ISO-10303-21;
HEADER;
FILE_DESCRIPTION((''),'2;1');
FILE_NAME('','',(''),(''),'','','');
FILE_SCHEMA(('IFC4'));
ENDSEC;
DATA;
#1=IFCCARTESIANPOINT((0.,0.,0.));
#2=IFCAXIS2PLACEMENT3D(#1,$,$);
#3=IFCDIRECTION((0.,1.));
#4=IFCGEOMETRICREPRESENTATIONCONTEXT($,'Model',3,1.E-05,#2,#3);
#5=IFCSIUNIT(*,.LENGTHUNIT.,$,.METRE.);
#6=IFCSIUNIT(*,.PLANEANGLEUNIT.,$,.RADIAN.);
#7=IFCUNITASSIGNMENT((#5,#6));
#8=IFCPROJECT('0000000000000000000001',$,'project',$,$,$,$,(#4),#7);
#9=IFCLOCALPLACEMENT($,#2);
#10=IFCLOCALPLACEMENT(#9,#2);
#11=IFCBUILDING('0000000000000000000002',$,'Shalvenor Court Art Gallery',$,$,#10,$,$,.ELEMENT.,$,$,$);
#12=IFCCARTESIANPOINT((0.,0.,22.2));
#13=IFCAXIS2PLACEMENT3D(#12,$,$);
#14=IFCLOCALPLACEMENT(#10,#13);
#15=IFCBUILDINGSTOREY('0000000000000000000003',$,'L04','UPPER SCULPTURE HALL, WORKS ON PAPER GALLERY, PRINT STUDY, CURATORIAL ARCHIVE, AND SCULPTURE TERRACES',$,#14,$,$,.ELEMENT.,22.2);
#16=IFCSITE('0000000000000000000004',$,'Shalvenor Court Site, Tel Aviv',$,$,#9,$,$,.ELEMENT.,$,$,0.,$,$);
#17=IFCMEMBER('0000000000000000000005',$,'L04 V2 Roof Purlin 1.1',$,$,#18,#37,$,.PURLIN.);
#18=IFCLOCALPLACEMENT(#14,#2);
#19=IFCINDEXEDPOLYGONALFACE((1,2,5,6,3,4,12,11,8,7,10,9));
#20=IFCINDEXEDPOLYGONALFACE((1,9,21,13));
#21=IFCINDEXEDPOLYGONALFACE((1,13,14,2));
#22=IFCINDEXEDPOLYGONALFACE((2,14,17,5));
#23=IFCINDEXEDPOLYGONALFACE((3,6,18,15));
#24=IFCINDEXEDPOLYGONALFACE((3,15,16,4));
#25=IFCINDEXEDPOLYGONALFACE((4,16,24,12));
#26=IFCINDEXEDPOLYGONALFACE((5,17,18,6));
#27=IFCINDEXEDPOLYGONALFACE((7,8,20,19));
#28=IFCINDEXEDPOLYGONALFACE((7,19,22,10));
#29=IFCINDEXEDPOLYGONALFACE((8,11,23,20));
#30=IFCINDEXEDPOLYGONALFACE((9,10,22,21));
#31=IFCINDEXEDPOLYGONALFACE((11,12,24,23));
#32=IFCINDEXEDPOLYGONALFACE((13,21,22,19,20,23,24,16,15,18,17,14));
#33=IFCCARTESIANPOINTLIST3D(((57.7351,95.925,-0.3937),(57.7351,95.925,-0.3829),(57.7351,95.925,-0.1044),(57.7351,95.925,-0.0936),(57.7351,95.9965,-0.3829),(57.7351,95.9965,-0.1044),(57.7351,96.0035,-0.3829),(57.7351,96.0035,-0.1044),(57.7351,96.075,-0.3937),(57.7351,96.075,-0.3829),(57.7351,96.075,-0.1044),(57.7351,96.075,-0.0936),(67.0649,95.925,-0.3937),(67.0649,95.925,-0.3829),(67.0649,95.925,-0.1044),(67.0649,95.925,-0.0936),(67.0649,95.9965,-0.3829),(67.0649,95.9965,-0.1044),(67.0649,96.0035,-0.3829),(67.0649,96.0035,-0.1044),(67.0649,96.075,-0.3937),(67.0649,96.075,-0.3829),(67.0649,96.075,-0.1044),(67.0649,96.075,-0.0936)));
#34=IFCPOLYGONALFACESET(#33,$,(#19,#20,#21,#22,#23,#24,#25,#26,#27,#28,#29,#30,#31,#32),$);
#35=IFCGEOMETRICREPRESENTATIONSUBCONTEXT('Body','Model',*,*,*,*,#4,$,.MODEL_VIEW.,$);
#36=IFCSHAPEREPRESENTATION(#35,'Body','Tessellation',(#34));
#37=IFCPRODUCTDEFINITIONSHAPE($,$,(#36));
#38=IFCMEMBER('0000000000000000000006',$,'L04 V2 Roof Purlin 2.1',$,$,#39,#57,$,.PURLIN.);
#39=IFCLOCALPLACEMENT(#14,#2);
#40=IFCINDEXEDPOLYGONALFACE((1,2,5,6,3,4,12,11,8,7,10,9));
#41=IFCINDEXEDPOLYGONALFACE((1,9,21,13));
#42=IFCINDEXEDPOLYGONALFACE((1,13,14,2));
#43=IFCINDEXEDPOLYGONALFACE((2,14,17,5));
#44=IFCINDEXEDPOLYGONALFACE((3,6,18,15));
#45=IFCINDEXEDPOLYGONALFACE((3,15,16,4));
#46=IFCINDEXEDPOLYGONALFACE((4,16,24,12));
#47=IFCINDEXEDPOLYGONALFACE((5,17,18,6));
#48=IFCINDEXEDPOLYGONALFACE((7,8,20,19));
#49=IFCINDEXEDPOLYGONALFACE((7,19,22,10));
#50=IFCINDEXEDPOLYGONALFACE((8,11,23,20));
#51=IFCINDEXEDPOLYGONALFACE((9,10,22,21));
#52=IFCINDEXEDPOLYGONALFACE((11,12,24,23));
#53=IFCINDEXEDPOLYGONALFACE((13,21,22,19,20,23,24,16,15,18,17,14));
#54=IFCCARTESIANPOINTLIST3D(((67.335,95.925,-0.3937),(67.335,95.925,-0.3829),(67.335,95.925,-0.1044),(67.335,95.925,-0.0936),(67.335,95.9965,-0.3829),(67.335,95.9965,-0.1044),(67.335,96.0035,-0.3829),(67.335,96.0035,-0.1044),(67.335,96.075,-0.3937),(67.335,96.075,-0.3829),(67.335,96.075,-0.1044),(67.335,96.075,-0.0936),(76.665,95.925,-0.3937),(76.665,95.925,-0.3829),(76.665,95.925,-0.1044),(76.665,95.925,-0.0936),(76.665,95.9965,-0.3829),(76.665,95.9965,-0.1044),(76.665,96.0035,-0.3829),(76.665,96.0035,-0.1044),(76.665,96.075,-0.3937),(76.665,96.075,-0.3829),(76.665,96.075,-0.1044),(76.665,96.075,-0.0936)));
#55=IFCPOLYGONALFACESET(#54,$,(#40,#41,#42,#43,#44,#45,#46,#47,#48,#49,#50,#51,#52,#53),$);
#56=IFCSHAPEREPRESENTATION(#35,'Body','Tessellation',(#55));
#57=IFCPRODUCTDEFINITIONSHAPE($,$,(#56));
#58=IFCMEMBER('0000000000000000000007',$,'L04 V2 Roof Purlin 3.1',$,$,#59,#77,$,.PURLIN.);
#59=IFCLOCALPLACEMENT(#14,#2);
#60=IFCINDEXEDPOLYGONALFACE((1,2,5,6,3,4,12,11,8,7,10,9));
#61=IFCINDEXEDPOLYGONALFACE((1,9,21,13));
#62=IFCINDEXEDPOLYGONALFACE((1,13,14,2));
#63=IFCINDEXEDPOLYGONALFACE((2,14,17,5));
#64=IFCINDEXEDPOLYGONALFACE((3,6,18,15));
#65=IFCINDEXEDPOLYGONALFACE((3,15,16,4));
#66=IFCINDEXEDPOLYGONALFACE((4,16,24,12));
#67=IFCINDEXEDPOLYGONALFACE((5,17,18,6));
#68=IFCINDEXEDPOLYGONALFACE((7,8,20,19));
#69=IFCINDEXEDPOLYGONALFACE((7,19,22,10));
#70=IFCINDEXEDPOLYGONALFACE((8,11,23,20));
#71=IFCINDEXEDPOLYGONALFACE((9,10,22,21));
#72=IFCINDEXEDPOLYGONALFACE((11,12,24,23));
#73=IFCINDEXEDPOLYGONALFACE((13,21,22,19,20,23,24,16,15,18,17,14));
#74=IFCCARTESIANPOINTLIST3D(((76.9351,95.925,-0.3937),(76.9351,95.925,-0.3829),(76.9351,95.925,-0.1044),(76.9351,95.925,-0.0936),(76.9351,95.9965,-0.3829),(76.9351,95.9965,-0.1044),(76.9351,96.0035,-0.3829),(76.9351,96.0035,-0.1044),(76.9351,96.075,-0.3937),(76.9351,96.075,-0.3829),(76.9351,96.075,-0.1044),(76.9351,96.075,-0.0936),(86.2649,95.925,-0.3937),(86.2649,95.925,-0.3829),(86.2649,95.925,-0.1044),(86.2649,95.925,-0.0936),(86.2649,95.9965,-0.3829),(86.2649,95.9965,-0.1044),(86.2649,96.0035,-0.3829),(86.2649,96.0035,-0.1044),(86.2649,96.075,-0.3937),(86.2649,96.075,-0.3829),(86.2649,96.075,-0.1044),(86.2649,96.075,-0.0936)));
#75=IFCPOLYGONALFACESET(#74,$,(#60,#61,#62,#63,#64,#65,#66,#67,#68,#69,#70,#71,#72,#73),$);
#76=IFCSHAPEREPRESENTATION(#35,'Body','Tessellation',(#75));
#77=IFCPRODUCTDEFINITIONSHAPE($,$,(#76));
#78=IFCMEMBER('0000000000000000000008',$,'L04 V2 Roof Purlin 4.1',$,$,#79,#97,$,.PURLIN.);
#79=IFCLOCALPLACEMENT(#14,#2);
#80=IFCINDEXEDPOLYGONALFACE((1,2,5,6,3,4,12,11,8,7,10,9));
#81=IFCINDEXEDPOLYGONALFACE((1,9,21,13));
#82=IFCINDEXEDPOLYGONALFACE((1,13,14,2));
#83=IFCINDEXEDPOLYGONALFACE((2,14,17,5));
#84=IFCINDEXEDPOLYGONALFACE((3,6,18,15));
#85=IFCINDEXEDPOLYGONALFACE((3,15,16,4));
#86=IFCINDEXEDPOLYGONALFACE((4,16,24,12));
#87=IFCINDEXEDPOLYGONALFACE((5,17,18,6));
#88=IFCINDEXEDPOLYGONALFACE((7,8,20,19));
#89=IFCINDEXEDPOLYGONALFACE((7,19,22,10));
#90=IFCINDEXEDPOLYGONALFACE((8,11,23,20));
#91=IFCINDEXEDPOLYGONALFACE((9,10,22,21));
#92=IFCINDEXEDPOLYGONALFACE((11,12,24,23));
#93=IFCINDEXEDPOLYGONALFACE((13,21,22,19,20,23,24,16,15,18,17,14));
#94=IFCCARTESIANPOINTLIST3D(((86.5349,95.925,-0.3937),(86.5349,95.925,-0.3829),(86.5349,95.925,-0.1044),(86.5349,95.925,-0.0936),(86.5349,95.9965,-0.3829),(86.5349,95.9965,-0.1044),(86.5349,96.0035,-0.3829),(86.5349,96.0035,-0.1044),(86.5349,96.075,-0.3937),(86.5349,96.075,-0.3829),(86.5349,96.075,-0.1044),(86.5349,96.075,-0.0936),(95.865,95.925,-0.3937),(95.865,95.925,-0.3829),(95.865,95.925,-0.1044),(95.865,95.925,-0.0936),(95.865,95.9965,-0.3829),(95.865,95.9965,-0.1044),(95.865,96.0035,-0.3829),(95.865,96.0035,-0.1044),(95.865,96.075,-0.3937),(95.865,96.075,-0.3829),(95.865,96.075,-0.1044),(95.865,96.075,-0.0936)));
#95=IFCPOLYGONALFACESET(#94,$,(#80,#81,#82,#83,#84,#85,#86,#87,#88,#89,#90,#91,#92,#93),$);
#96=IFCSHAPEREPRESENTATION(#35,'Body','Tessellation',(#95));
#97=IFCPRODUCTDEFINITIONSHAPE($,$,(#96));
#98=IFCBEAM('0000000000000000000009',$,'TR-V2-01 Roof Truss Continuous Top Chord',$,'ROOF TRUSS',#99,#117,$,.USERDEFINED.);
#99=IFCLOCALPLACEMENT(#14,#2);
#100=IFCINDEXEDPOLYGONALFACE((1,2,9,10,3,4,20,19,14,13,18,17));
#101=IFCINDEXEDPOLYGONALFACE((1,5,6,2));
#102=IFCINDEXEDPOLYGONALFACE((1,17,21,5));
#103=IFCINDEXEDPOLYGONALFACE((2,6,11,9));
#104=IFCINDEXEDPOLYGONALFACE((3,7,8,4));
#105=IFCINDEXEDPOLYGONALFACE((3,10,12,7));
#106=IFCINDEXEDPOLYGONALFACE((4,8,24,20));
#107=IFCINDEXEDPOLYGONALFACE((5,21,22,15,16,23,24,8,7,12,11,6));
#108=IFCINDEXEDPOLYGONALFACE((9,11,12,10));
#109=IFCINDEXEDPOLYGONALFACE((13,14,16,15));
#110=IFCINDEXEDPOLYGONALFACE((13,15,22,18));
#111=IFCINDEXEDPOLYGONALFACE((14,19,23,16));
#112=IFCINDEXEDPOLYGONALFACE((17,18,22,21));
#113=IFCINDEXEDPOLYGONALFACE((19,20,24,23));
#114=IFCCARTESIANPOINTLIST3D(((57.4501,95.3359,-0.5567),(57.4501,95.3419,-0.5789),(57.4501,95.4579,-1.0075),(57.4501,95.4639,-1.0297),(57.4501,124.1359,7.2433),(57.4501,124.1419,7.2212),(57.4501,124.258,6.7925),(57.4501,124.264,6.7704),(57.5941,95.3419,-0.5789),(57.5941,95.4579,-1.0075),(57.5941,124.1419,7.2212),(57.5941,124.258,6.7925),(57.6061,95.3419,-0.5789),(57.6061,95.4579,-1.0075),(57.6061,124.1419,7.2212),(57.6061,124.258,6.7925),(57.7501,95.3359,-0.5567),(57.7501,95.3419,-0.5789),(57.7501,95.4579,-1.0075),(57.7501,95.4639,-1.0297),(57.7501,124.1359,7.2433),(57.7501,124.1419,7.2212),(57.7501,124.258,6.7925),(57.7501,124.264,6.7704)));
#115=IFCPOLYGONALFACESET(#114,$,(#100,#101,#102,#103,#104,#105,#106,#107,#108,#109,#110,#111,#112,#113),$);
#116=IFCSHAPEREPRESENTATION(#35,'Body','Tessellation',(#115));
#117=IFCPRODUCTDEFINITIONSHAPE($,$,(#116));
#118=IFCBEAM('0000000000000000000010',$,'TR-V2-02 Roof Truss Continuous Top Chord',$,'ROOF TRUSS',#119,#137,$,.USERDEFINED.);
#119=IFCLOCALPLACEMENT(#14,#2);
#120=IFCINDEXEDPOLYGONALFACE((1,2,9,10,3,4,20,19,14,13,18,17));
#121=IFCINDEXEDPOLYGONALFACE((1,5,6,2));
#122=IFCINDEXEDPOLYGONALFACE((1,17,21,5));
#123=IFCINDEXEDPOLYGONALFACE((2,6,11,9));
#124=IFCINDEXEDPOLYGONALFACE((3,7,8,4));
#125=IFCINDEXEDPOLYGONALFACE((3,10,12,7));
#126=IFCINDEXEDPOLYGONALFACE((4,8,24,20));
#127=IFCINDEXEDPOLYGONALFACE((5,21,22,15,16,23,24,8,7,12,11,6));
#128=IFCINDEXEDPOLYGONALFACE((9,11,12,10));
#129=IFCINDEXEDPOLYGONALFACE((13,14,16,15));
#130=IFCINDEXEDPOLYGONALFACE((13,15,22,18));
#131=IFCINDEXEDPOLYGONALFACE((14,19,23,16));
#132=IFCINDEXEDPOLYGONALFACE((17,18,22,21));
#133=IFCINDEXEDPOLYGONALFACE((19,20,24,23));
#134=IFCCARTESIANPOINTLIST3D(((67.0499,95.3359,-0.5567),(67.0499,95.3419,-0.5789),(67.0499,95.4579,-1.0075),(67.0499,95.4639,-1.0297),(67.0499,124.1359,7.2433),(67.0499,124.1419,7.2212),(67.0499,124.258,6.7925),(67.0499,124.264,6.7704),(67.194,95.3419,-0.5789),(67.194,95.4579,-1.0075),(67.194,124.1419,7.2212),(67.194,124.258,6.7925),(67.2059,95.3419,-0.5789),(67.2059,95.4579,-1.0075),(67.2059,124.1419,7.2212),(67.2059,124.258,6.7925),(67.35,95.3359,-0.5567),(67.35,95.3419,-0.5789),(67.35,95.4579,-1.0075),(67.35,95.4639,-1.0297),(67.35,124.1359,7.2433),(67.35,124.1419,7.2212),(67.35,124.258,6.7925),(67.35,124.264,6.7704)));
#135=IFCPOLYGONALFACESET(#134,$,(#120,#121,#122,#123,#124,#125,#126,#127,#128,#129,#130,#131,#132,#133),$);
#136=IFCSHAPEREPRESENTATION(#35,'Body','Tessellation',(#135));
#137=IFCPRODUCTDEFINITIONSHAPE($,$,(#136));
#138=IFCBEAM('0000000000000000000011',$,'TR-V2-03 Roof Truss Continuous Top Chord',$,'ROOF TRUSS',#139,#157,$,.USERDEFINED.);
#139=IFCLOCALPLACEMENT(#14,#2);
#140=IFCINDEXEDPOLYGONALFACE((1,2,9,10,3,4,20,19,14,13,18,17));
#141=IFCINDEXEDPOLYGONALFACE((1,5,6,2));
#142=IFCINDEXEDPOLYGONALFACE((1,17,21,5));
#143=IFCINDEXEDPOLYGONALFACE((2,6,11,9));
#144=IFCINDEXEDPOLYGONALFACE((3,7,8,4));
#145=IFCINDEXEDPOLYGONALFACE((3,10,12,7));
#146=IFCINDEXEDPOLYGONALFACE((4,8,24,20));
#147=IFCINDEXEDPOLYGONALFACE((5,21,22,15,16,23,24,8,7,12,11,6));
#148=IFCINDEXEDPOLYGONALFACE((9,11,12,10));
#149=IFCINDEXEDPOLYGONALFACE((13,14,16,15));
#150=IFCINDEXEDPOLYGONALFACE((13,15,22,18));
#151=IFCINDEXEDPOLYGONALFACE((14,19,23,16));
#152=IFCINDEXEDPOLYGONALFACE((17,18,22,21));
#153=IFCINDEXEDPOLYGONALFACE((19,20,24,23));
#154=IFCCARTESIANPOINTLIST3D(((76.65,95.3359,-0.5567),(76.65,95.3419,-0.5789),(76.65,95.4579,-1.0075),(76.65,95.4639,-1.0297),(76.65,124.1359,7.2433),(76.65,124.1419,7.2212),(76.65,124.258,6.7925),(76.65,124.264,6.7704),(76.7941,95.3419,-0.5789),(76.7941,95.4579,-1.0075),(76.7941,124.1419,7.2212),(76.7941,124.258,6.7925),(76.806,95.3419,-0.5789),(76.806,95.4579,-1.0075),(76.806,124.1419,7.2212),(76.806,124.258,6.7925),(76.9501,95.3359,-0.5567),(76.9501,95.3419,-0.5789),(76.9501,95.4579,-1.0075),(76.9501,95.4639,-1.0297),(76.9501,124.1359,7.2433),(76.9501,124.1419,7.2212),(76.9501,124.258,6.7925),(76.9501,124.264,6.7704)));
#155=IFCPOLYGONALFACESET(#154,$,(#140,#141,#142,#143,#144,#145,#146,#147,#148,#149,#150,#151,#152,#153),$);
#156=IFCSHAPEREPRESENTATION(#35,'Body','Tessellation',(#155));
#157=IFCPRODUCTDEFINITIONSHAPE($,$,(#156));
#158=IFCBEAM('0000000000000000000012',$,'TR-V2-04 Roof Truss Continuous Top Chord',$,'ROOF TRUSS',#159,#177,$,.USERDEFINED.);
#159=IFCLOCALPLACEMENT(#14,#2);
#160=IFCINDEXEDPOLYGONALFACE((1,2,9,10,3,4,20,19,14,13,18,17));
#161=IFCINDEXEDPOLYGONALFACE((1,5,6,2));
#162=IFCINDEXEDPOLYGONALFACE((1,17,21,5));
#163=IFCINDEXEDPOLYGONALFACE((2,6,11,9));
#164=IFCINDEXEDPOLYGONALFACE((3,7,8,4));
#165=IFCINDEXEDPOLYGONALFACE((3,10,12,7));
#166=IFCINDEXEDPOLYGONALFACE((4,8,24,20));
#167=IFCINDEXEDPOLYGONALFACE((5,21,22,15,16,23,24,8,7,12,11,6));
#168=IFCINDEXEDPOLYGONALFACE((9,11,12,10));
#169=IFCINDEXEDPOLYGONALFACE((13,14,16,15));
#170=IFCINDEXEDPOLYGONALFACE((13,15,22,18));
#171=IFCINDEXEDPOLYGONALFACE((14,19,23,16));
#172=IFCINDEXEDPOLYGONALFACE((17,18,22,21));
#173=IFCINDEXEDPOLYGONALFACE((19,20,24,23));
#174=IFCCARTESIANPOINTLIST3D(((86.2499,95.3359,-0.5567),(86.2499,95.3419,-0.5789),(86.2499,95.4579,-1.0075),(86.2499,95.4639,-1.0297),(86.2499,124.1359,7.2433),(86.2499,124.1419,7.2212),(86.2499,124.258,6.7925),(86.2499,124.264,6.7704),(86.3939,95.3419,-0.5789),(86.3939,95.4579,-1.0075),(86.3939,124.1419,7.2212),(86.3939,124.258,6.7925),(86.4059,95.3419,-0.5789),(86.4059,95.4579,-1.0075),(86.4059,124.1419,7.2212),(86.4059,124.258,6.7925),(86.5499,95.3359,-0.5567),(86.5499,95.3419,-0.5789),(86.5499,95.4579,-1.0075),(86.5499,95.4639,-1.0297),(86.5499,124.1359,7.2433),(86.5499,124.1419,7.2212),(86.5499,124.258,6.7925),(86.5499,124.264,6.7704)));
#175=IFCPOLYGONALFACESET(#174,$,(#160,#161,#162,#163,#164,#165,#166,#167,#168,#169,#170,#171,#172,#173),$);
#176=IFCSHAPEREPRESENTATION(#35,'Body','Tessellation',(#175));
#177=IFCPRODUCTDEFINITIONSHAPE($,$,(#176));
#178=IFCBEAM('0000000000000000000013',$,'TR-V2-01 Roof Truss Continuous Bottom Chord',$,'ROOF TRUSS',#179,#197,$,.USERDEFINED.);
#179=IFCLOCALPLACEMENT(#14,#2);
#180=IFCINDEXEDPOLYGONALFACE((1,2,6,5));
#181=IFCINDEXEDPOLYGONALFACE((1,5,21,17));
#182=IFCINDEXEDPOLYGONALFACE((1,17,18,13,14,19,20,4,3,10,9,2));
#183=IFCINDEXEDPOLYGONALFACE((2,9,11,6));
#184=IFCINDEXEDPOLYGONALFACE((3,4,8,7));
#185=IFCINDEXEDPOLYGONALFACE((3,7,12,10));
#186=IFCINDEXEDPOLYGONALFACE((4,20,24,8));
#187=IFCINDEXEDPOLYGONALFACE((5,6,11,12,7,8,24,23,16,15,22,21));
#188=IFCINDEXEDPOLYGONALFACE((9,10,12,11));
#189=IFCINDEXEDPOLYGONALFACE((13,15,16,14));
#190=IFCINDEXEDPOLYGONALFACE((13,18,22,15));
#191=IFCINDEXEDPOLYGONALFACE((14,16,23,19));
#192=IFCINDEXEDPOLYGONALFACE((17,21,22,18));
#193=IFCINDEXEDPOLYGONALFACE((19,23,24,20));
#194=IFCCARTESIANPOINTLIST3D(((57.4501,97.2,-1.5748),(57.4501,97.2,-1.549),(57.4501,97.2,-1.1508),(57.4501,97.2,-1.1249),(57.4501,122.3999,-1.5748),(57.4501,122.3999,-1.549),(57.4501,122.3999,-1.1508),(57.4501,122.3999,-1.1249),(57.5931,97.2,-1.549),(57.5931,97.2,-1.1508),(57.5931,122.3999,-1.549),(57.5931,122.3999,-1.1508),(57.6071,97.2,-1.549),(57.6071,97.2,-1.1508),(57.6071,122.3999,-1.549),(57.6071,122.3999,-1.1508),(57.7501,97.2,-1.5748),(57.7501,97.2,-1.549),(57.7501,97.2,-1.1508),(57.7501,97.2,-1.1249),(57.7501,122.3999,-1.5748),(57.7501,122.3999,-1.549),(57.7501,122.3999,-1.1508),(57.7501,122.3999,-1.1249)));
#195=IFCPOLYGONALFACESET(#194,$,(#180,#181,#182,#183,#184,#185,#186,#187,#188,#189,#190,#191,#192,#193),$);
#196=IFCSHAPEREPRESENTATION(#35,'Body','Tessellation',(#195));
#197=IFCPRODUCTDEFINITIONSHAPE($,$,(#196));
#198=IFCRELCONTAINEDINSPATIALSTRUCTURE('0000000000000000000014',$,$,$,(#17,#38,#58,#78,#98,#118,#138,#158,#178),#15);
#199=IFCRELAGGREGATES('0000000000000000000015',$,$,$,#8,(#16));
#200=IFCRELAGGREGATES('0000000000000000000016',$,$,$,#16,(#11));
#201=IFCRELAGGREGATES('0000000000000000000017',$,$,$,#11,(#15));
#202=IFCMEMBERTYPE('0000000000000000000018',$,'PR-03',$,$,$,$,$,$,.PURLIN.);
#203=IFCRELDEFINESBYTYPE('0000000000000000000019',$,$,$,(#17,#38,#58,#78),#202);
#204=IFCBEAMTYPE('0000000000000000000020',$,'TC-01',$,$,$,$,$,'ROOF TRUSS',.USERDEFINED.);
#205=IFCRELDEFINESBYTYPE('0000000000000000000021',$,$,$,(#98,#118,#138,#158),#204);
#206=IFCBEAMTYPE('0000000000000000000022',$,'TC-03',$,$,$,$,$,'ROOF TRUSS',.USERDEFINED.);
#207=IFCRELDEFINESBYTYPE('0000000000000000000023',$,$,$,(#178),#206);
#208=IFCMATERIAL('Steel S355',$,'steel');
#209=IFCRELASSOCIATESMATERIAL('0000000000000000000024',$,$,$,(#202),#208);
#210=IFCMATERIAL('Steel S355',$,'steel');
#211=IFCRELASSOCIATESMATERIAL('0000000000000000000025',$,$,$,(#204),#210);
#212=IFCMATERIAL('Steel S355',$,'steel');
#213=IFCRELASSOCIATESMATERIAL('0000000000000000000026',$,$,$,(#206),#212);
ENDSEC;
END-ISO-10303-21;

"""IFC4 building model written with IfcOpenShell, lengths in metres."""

from ifc_helpers import new_model, si_unit, direction, frame, origin, origin_2d, place, context, subcontext, project, spatial, i_section, extrude, material, material_profile, profile_set, type_object, element, save


model = new_model("IFC4")

# Units and contexts
model_context = context("Model", 3, precision=1e-05, world=origin(), true_north=direction((0.0, 1.0)))
body_context = subcontext(model_context, "Body", "Model", "MODEL_VIEW")
ifc_project = project(units=[si_unit("LENGTHUNIT", "METRE"), si_unit("PLANEANGLEUNIT", "RADIAN")], contexts=[model_context])

# Site, building, storey
site_placement = place(None, origin())
site = spatial("IfcSite", under=ifc_project, at=site_placement, Name="Shalvenor Court Site, Tel Aviv", CompositionType="ELEMENT", RefElevation=0.0)
building_placement = place(site_placement, origin())
building = spatial("IfcBuilding", under=site, at=building_placement, Name="Shalvenor Court Art Gallery", CompositionType="ELEMENT")
storey_placement = place(building_placement, frame((0.0, 0.0, 22.2)))
storey = spatial("IfcBuildingStorey", under=building, at=storey_placement, Name="L04", Description="UPPER SCULPTURE HALL, WORKS ON PAPER GALLERY, PRINT STUDY, CURATORIAL ARCHIVE, AND SCULPTURE TERRACES", CompositionType="ELEMENT", Elevation=22.2)

# Members
ifc_material_1 = material(Name="Steel S355", Category="steel")
ifc_material_profile_1 = material_profile(ifc_material_1, i_section(OverallWidth=0.1499, OverallDepth=0.3, WebThickness=0.0071, FlangeThickness=0.0107, at=origin_2d()), Name="IPE 300")
ifc_profile_set_1 = profile_set([ifc_material_profile_1], Name="Steel S355")
member_type = type_object("IfcMemberType", Name="PR-03", PredefinedType="PURLIN", material=ifc_profile_set_1)
member_1_placement = place(storey_placement, frame((57.7351, 96.0, -0.2437), z_axis=(1.0, 0.0, 0.0), x_axis=(0.0, 1.0, 0.0)))
element("IfcMember", 1, at=member_1_placement, inside=storey, type_object=member_type, Name="L04 V2 Roof Purlin 1.1", PredefinedType="PURLIN", context=body_context, shape_type="SweptSolid", body=[
    extrude(i_section(OverallWidth=0.1499, OverallDepth=0.3, WebThickness=0.0071, FlangeThickness=0.0107, at=origin_2d()), origin(), (0.0, 0.0, 1.0), 9.3298),
])
member_2_placement = place(storey_placement, frame((67.335, 96.0, -0.2437), z_axis=(1.0, 0.0, 0.0), x_axis=(0.0, 1.0, 0.0)))
element("IfcMember", 2, at=member_2_placement, inside=storey, type_object=member_type, Name="L04 V2 Roof Purlin 2.1", PredefinedType="PURLIN", context=body_context, shape_type="SweptSolid", body=[
    extrude(i_section(OverallWidth=0.1499, OverallDepth=0.3, WebThickness=0.0071, FlangeThickness=0.0107, at=origin_2d()), origin(), (0.0, 0.0, 1.0), 9.3301),
])
member_3_placement = place(storey_placement, frame((76.9351, 96.0, -0.2437), z_axis=(1.0, 0.0, 0.0), x_axis=(0.0, 1.0, 0.0)))
element("IfcMember", 3, at=member_3_placement, inside=storey, type_object=member_type, Name="L04 V2 Roof Purlin 3.1", PredefinedType="PURLIN", context=body_context, shape_type="SweptSolid", body=[
    extrude(i_section(OverallWidth=0.1499, OverallDepth=0.3, WebThickness=0.0071, FlangeThickness=0.0107, at=origin_2d()), origin(), (0.0, 0.0, 1.0), 9.3298),
])
member_4_placement = place(storey_placement, frame((86.5349, 96.0, -0.2437), z_axis=(1.0, 0.0, 0.0), x_axis=(0.0, 1.0, 0.0)))
element("IfcMember", 4, at=member_4_placement, inside=storey, type_object=member_type, Name="L04 V2 Roof Purlin 4.1", PredefinedType="PURLIN", context=body_context, shape_type="SweptSolid", body=[
    extrude(i_section(OverallWidth=0.1499, OverallDepth=0.3, WebThickness=0.0071, FlangeThickness=0.0107, at=origin_2d()), origin(), (0.0, 0.0, 1.0), 9.3301),
])

# Beams
ifc_material_2 = material(Name="Steel S355", Category="steel")
ifc_material_profile_2 = material_profile(ifc_material_2, i_section(OverallWidth=0.3, OverallDepth=0.49, WebThickness=0.012, FlangeThickness=0.0229, at=origin_2d()), Name="HEA 500")
ifc_profile_set_2 = profile_set([ifc_material_profile_2], Name="Steel S355")
beam_type_1 = type_object("IfcBeamType", Name="TC-01", ElementType="ROOF TRUSS", PredefinedType="USERDEFINED", material=ifc_profile_set_2)
for number, where, z_axis, x_axis, name in (
    (5, (57.6001, 95.3999, -0.7932), (0.0, 0.965226, 0.261417), (-1.0, 0.0, 0.0), "TR-V2-01 Roof Truss Continuous Top Chord"),
    (6, (67.2, 95.3999, -0.7932), (0.0, 0.965226, 0.261417), (-1.0, 0.0, 0.0), "TR-V2-02 Roof Truss Continuous Top Chord"),
    (7, (76.8, 95.3999, -0.7932), (0.0, 0.965226, 0.261417), (-1.0, 0.0, 0.0), "TR-V2-03 Roof Truss Continuous Top Chord"),
    (8, (86.3999, 95.3999, -0.7932), (0.0, 0.965226, 0.261417), (-1.0, 0.0, 0.0), "TR-V2-04 Roof Truss Continuous Top Chord"),
):
    element("IfcBeam", number, at=place(storey_placement, frame(where, z_axis=z_axis, x_axis=x_axis)), inside=storey, type_object=beam_type_1, Name=name, ObjectType="ROOF TRUSS", PredefinedType="USERDEFINED", context=body_context, shape_type="SweptSolid", body=[
        extrude(i_section(OverallWidth=0.3, OverallDepth=0.49, WebThickness=0.012, FlangeThickness=0.0229, at=origin_2d()), origin(), (0.0, 0.0, 1.0), 29.8376),
    ])
ifc_material_3 = material(Name="Steel S355", Category="steel")
ifc_material_profile_3 = material_profile(ifc_material_3, i_section(OverallWidth=0.3, OverallDepth=0.45, WebThickness=0.0139, FlangeThickness=0.0259, at=origin_2d()), Name="HEB 450")
ifc_profile_set_3 = profile_set([ifc_material_profile_3], Name="Steel S355")
beam_type_2 = type_object("IfcBeamType", Name="TC-03", ElementType="ROOF TRUSS", PredefinedType="USERDEFINED", material=ifc_profile_set_3)
beam_placement = place(storey_placement, frame((57.6001, 97.2, -1.3499), z_axis=(0.0, 1.0, 0.0), x_axis=(-1.0, 0.0, 0.0)))
element("IfcBeam", 9, at=beam_placement, inside=storey, type_object=beam_type_2, Name="TR-V2-01 Roof Truss Continuous Bottom Chord", ObjectType="ROOF TRUSS", PredefinedType="USERDEFINED", context=body_context, shape_type="SweptSolid", body=[
    extrude(i_section(OverallWidth=0.3, OverallDepth=0.45, WebThickness=0.0139, FlangeThickness=0.0259, at=origin_2d()), origin(), (0.0, 0.0, 1.0), 25.2),
])

save(model, "model.ifc")
